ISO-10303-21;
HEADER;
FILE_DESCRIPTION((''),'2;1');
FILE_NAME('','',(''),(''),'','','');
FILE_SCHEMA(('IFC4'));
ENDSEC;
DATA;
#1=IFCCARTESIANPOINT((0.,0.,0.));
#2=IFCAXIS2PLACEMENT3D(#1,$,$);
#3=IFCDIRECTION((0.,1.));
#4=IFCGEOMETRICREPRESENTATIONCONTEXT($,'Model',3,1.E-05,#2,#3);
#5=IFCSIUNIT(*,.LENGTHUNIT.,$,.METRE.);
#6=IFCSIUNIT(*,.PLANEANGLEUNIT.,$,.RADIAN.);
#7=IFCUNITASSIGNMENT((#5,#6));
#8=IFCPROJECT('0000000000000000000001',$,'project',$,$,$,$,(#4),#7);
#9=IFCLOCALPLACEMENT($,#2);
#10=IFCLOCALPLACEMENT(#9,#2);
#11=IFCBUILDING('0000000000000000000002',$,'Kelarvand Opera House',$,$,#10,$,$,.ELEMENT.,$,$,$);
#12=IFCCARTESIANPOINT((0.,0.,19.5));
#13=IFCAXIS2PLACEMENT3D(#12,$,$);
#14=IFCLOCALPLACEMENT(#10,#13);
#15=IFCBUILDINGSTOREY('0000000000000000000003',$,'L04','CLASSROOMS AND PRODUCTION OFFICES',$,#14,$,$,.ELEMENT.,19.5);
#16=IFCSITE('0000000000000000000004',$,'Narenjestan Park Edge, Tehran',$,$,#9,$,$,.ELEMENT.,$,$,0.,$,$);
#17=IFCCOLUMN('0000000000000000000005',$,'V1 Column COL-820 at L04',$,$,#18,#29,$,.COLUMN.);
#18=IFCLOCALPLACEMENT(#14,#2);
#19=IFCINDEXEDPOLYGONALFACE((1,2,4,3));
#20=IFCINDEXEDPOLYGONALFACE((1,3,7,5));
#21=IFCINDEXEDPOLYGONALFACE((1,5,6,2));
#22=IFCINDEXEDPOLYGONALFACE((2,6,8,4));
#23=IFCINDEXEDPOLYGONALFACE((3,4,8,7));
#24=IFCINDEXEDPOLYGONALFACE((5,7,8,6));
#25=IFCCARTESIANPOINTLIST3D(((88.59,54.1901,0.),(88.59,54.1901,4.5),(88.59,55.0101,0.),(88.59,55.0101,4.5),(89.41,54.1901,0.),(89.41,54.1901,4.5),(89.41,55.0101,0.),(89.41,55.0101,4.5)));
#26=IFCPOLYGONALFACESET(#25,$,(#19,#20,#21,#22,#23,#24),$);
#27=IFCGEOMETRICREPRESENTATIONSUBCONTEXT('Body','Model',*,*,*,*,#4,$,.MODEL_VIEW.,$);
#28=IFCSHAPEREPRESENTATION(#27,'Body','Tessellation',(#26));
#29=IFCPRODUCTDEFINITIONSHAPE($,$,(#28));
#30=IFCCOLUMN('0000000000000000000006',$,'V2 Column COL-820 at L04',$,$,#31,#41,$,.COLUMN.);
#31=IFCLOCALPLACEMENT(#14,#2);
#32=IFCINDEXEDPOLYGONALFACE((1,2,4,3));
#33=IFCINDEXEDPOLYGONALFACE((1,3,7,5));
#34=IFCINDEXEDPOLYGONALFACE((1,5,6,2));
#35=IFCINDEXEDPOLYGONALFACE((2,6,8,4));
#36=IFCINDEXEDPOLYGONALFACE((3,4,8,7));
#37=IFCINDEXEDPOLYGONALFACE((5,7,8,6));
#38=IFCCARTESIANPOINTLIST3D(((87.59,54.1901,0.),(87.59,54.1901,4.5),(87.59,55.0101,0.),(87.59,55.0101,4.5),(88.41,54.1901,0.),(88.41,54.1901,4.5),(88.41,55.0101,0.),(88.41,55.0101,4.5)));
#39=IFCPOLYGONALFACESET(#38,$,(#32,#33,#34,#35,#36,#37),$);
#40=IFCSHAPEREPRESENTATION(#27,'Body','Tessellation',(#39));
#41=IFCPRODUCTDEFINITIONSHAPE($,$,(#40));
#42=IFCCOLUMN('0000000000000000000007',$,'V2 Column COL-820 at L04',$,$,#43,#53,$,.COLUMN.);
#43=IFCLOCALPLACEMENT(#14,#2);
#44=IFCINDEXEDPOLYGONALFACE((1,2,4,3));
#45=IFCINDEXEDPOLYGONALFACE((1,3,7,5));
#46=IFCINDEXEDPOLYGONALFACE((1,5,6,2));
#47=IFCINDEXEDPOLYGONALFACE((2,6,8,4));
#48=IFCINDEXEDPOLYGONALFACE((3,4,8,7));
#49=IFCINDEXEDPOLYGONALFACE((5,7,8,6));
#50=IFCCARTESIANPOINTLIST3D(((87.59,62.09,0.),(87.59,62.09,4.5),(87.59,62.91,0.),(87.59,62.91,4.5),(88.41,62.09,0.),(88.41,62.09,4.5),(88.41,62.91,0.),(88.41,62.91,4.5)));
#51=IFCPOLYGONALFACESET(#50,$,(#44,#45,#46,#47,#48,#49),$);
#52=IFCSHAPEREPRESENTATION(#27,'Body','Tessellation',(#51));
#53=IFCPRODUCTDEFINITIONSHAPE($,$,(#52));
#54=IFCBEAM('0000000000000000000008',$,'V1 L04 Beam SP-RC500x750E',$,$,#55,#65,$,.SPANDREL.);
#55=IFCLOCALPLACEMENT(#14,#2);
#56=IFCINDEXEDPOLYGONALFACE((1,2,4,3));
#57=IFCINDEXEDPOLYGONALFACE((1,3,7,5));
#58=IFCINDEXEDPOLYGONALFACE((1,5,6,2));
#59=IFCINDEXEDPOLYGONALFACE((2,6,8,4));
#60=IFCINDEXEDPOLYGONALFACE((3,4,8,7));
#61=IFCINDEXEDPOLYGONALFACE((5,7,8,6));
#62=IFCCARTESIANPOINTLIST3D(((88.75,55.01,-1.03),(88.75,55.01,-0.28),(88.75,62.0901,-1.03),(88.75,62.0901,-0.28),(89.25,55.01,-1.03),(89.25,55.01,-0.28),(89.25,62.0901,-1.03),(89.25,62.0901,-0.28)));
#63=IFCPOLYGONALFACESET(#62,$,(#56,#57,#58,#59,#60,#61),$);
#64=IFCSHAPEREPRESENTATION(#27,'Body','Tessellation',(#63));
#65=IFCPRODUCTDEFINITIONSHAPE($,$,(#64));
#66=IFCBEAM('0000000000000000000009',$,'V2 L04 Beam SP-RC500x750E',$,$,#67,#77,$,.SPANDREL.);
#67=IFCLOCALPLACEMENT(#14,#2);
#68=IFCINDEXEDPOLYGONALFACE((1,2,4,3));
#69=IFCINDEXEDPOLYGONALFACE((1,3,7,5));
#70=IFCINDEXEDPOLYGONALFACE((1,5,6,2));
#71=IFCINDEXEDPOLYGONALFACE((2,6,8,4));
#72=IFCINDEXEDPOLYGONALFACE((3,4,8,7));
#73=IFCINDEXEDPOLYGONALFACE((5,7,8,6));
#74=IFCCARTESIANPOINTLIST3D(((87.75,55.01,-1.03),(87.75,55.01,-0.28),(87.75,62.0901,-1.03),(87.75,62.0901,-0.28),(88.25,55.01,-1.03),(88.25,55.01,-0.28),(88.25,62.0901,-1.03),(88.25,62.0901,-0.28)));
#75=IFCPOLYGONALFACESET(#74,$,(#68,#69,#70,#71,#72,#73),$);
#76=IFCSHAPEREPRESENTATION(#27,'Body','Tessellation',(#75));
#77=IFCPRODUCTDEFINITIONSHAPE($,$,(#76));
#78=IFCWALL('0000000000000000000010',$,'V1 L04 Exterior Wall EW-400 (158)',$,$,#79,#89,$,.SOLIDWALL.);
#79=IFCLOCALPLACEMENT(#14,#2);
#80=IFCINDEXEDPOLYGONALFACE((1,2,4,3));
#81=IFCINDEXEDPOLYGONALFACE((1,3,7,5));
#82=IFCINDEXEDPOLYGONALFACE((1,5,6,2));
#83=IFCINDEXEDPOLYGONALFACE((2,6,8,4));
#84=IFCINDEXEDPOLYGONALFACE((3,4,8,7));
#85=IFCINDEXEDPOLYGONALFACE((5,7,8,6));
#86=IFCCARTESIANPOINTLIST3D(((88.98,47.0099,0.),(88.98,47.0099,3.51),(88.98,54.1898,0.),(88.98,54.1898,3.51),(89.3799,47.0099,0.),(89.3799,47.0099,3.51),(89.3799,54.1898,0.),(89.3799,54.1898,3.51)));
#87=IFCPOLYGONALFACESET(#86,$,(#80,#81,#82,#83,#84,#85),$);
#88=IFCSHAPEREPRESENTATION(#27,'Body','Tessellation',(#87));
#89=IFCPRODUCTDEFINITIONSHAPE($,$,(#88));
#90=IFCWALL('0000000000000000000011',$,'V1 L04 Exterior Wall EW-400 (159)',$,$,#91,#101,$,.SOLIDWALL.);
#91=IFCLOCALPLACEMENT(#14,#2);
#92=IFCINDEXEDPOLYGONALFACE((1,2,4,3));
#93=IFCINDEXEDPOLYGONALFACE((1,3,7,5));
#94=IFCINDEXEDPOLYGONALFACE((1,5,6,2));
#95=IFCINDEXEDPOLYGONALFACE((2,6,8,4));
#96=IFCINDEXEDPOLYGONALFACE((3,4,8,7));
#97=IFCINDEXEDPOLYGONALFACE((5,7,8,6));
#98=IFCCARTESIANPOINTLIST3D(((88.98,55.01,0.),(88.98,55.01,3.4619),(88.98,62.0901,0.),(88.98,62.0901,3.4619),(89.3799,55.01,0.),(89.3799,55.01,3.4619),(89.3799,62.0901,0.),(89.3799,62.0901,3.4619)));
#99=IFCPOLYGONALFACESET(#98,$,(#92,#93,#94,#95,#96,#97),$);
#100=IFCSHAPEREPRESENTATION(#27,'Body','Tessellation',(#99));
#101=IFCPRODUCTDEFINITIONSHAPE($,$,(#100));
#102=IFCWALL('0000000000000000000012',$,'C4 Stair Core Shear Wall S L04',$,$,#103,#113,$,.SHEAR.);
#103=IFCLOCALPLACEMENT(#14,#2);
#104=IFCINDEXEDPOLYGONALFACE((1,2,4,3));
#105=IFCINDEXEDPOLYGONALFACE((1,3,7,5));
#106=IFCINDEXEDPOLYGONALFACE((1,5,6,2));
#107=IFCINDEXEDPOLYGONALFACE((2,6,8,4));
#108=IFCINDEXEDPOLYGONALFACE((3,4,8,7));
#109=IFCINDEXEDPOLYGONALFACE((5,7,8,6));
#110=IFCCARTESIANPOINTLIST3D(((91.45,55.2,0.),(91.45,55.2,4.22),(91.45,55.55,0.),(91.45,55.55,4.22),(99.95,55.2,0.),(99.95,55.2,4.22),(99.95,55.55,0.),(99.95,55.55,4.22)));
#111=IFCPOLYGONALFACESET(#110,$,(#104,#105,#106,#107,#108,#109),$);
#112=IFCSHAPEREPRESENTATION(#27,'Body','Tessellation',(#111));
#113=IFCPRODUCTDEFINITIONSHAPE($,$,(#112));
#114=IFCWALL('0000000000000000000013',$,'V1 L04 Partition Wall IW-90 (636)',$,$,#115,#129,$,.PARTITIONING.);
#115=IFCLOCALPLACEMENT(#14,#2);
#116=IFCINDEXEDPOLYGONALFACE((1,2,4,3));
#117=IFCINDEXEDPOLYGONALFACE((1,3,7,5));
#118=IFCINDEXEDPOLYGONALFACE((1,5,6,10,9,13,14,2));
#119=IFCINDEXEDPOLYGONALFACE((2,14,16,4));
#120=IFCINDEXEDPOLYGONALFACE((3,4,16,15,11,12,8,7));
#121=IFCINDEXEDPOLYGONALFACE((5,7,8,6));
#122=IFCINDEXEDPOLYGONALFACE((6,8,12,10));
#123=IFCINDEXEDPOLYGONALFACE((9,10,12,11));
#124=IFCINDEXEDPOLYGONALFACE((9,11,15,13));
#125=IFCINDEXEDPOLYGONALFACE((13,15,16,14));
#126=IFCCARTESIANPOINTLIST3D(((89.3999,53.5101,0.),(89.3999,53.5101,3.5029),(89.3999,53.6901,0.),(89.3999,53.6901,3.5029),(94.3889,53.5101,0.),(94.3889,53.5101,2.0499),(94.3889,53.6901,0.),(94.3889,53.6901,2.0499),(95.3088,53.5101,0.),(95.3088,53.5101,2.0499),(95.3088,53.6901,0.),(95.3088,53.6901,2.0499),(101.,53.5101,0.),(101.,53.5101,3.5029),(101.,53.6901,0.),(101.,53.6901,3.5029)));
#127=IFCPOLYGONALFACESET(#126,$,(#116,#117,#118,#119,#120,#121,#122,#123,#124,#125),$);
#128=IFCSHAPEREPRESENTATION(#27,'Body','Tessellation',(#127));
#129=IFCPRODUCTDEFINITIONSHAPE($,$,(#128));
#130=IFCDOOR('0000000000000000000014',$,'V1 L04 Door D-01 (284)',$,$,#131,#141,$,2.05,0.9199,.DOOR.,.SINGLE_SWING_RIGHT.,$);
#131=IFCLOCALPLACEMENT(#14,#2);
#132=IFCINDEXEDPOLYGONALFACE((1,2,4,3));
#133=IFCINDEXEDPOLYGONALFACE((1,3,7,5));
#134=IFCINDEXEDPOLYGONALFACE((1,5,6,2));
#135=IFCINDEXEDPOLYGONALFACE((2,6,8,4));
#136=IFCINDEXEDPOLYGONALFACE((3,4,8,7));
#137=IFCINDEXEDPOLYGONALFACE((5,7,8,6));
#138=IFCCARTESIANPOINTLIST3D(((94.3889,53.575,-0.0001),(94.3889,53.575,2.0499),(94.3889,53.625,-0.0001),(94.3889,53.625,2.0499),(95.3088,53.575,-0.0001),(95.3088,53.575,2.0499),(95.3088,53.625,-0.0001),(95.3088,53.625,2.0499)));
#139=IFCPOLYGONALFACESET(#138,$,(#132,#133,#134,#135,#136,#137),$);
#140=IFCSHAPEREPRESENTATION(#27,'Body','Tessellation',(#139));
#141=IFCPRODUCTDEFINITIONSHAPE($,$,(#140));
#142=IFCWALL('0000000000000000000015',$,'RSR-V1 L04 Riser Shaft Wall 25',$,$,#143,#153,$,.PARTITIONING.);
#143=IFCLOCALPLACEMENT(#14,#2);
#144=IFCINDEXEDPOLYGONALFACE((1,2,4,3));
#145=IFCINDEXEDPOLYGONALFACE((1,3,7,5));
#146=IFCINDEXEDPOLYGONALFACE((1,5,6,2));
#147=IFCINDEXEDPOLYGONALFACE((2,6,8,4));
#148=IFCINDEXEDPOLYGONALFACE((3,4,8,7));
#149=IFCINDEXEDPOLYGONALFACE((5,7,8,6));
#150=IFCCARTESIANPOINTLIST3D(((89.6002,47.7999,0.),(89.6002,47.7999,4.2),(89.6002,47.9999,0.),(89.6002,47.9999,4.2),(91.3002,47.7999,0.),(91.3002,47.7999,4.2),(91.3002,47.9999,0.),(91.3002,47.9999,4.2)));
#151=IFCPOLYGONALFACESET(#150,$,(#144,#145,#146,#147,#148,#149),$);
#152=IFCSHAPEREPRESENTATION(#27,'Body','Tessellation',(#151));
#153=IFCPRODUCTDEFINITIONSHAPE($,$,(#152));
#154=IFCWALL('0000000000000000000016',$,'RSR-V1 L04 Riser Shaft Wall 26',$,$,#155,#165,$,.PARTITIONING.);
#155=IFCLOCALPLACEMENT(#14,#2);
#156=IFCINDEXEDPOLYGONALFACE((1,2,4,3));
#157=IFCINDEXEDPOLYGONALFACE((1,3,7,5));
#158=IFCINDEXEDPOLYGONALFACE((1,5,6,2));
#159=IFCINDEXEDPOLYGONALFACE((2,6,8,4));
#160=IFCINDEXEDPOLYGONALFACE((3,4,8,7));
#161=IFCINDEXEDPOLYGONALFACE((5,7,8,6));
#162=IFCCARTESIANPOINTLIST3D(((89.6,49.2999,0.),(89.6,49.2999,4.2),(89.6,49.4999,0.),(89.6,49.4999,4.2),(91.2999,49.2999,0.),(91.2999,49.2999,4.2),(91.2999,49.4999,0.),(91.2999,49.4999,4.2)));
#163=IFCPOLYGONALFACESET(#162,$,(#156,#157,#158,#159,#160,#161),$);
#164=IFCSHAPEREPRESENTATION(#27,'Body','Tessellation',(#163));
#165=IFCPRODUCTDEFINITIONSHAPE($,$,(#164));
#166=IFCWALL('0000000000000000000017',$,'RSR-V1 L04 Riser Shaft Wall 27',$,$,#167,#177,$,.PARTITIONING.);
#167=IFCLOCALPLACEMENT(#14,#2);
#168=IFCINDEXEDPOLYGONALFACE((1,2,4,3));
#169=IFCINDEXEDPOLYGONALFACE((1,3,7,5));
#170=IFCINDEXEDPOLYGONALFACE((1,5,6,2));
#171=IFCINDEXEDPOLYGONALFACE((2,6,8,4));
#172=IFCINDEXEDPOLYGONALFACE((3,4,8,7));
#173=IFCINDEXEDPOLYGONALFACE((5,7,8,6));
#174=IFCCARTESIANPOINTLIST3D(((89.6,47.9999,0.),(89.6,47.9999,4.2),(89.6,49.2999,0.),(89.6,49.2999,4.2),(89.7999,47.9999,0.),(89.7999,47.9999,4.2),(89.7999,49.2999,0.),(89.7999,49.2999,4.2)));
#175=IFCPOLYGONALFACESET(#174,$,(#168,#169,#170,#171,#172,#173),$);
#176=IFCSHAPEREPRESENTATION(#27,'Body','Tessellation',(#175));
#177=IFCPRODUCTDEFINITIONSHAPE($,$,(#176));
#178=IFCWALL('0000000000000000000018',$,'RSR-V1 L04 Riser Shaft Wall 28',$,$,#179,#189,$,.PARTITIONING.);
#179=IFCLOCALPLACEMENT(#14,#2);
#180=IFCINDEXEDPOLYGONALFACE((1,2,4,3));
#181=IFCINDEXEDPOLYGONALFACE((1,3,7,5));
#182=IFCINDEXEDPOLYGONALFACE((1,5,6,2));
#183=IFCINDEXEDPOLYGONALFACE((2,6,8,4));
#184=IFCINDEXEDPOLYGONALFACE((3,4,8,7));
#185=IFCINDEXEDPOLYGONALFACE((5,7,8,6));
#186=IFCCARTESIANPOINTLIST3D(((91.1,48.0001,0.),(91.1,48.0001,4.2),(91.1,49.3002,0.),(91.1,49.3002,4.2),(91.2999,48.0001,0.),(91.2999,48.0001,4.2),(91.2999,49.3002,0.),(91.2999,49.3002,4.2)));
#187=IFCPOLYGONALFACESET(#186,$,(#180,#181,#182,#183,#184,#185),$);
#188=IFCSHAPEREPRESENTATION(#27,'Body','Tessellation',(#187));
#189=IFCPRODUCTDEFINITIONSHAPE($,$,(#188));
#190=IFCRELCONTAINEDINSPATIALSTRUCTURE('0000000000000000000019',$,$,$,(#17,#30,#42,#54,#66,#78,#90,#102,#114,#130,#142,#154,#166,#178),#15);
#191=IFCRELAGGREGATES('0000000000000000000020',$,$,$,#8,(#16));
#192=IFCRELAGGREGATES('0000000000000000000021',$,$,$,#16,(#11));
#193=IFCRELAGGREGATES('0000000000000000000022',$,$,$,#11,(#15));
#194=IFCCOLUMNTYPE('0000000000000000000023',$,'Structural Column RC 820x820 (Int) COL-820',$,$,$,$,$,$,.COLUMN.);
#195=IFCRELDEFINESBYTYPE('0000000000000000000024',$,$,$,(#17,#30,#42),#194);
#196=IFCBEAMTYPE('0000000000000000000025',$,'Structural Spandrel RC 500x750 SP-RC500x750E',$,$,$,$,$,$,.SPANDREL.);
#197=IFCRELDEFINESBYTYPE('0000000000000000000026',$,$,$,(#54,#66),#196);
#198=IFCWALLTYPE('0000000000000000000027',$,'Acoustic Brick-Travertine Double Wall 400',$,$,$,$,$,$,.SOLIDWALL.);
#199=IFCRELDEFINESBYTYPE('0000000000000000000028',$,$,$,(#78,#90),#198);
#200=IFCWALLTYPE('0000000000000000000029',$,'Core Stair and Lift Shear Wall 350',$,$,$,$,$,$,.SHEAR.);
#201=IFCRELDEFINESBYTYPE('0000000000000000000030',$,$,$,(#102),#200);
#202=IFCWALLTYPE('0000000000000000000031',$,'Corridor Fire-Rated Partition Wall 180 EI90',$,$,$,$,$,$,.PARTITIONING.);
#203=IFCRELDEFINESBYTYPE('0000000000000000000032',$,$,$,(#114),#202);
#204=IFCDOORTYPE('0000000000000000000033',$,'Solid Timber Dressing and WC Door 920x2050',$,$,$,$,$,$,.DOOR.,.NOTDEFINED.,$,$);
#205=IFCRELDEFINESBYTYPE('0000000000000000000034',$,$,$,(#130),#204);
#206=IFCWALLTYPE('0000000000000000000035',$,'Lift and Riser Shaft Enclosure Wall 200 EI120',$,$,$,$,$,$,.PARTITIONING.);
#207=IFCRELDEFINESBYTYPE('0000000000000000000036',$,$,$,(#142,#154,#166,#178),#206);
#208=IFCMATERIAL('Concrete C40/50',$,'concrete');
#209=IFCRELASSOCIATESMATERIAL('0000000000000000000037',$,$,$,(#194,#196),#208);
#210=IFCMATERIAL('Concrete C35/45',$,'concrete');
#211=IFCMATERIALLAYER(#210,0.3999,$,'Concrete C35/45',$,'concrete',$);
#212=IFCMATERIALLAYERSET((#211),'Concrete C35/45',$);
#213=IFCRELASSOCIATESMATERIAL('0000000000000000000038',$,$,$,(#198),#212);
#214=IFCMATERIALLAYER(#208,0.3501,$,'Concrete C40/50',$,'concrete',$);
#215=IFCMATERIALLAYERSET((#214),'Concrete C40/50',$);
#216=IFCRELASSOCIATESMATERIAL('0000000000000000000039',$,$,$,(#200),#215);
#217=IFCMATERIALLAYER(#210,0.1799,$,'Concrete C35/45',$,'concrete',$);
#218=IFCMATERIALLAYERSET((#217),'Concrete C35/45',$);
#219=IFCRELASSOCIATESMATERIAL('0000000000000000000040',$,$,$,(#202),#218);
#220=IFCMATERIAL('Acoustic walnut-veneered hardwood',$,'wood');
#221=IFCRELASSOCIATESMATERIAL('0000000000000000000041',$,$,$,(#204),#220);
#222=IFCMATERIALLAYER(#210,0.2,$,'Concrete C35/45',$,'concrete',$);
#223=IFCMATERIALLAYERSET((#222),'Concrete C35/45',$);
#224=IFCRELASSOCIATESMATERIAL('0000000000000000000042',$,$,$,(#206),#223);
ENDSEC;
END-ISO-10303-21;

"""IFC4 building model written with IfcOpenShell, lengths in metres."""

from ifc_helpers import new_model, si_unit, direction, frame, frame_2d, origin, origin_2d, place, context, subcontext, project, spatial, rectangle, extrude, material, layer, layer_set, material_profile, profile_set, type_object, element, fill, save


model = new_model("IFC4")

# Units and contexts
model_context = context("Model", 3, precision=1e-05, world=origin(), true_north=direction((0.0, 1.0)))
body_context = subcontext(model_context, "Body", "Model", "MODEL_VIEW")
ifc_project = project(units=[si_unit("LENGTHUNIT", "METRE"), si_unit("PLANEANGLEUNIT", "RADIAN")], contexts=[model_context])

# Site, building, storey
site_placement = place(None, origin())
site = spatial("IfcSite", under=ifc_project, at=site_placement, Name="Narenjestan Park Edge, Tehran", CompositionType="ELEMENT", RefElevation=0.0)
building_placement = place(site_placement, origin())
building = spatial("IfcBuilding", under=site, at=building_placement, Name="Kelarvand Opera House", CompositionType="ELEMENT")
storey_placement = place(building_placement, frame((0.0, 0.0, 19.5)))
storey = spatial("IfcBuildingStorey", under=building, at=storey_placement, Name="L04", Description="CLASSROOMS AND PRODUCTION OFFICES", CompositionType="ELEMENT", Elevation=19.5)

# Columns
ifc_material_1 = material(Name="Concrete C40/50", Category="concrete")
ifc_material_profile_1 = material_profile(ifc_material_1, rectangle(XDim=0.8201, YDim=0.8201, at=origin_2d()), Name="RC 820x820", Category="concrete")
ifc_profile_set_1 = profile_set([ifc_material_profile_1], Name="Concrete C40/50")
column_type = type_object("IfcColumnType", Name="Structural Column RC 820x820 (Int) COL-820", PredefinedType="COLUMN", material=ifc_profile_set_1)
for number, where, z_axis, x_axis, name in (
    (1, (89.0, 54.6001, 0.0), (0.0, 0.0, 1.0), (1.0, 0.0, 0.0), "V1 Column COL-820 at L04"),
    (2, (88.0, 54.6001, 0.0), (0.0, 0.0, 1.0), (1.0, 0.0, 0.0), "V2 Column COL-820 at L04"),
    (3, (88.0, 62.5, 0.0), (0.0, 0.0, 1.0), (1.0, 0.0, 0.0), "V2 Column COL-820 at L04"),
):
    element("IfcColumn", number, at=place(storey_placement, frame(where, z_axis=z_axis, x_axis=x_axis)), inside=storey, type_object=column_type, Name=name, PredefinedType="COLUMN", context=body_context, shape_type="SweptSolid", body=[
        extrude(rectangle(XDim=0.8201, YDim=0.8201, at=origin_2d()), origin(), (0.0, 0.0, 1.0), 4.5),
    ])

# Beams
ifc_material_profile_2 = material_profile(ifc_material_1, rectangle(XDim=0.5, YDim=0.75, at=origin_2d()), Name="RC 500x750", Category="concrete")
ifc_profile_set_2 = profile_set([ifc_material_profile_2], Name="Concrete C40/50")
beam_type = type_object("IfcBeamType", Name="Structural Spandrel RC 500x750 SP-RC500x750E", PredefinedType="SPANDREL", material=ifc_profile_set_2)
for number, where, z_axis, x_axis, name in (
    (4, (89.0, 55.01, -0.655), (0.0, 1.0, 0.0), (-1.0, 0.0, 0.0), "V1 L04 Beam SP-RC500x750E"),
    (5, (88.0, 55.01, -0.655), (0.0, 1.0, 0.0), (-1.0, 0.0, 0.0), "V2 L04 Beam SP-RC500x750E"),
):
    element("IfcBeam", number, at=place(storey_placement, frame(where, z_axis=z_axis, x_axis=x_axis)), inside=storey, type_object=beam_type, Name=name, PredefinedType="SPANDREL", context=body_context, shape_type="SweptSolid", body=[
        extrude(rectangle(XDim=0.5, YDim=0.75, at=origin_2d()), origin(), (0.0, 0.0, 1.0), 7.0801),
    ])

# Walls
ifc_material_2 = material(Name="Concrete C35/45", Category="concrete")
ifc_layer_1 = layer(ifc_material_2, 0.3999, Name="Concrete C35/45", Category="concrete")
ifc_layer_set_1 = layer_set([ifc_layer_1], Name="Concrete C35/45")
wall_type_1 = type_object("IfcWallType", Name="Acoustic Brick-Travertine Double Wall 400", PredefinedType="SOLIDWALL", material=ifc_layer_set_1)
wall_1_placement = place(storey_placement, frame((89.1799, 47.01, 0.0), z_axis=(0.0, 0.0, 1.0), x_axis=(0.0, 1.0, 0.0)))
element("IfcWall", 6, at=wall_1_placement, inside=storey, type_object=wall_type_1, Name="V1 L04 Exterior Wall EW-400 (158)", PredefinedType="SOLIDWALL", context=body_context, shape_type="SweptSolid", body=[
    extrude(rectangle(XDim=7.1799, YDim=0.3999, at=frame_2d((3.5898, 0.0))), origin(), (0.0, 0.0, 1.0), 3.51),
])
wall_2_placement = place(storey_placement, frame((89.1799, 55.01, 0.0), z_axis=(0.0, 0.0, 1.0), x_axis=(0.0, 1.0, 0.0)))
element("IfcWall", 7, at=wall_2_placement, inside=storey, type_object=wall_type_1, Name="V1 L04 Exterior Wall EW-400 (159)", PredefinedType="SOLIDWALL", context=body_context, shape_type="SweptSolid", body=[
    extrude(rectangle(XDim=7.0801, YDim=0.3999, at=frame_2d((3.54, 0.0))), origin(), (0.0, 0.0, 1.0), 3.4619),
])
ifc_layer_2 = layer(ifc_material_1, 0.3501, Name="Concrete C40/50", Category="concrete")
ifc_layer_set_2 = layer_set([ifc_layer_2], Name="Concrete C40/50")
wall_type_2 = type_object("IfcWallType", Name="Core Stair and Lift Shear Wall 350", PredefinedType="SHEAR", material=ifc_layer_set_2)
wall_3_placement = place(storey_placement, frame((91.45, 55.375, 0.0), z_axis=(0.0, 0.0, 1.0), x_axis=(1.0, 0.0, 0.0)))
element("IfcWall", 8, at=wall_3_placement, inside=storey, type_object=wall_type_2, Name="C4 Stair Core Shear Wall S L04", PredefinedType="SHEAR", context=body_context, shape_type="SweptSolid", body=[
    extrude(rectangle(XDim=8.5, YDim=0.3501, at=frame_2d((4.25, 0.0))), origin(), (0.0, 0.0, 1.0), 4.22),
])

# Wall, opening, door
ifc_layer_3 = layer(ifc_material_2, 0.1799, Name="Concrete C35/45", Category="concrete")
ifc_layer_set_3 = layer_set([ifc_layer_3], Name="Concrete C35/45")
wall_type_3 = type_object("IfcWallType", Name="Corridor Fire-Rated Partition Wall 180 EI90", PredefinedType="PARTITIONING", material=ifc_layer_set_3)
wall_4_placement = place(storey_placement, frame((89.3999, 53.6001, 0.0), z_axis=(0.0, 0.0, 1.0), x_axis=(1.0, 0.0, 0.0)))
wall_4 = element("IfcWall", 9, at=wall_4_placement, inside=storey, type_object=wall_type_3, Name="V1 L04 Partition Wall IW-90 (636)", PredefinedType="PARTITIONING", context=body_context, shape_type="SweptSolid", body=[
    extrude(rectangle(XDim=11.6001, YDim=0.1799, at=frame_2d((5.8, 0.0))), origin(), (0.0, 0.0, 1.0), 3.5029),
])
opening_placement = place(wall_4_placement, frame((4.989, 0.0, 0.0)))
opening = element("IfcOpeningElement", 10, at=opening_placement, cuts=wall_4, PredefinedType="OPENING", context=body_context, shape_type="SweptSolid", body=[
    extrude(rectangle(XDim=0.9199, YDim=2.05, at=frame_2d((0.46, 1.0249))), frame((0.0, 0.1001, 0.0), z_axis=(0.0, -1.0, 0.0), x_axis=(1.0, 0.0, 0.0)), (0.0, 0.0, 1.0), 0.2),
])
ifc_material_3 = material(Name="Acoustic walnut-veneered hardwood", Category="wood")
door_type = type_object("IfcDoorType", Name="Solid Timber Dressing and WC Door 920x2050", OperationType="NOTDEFINED", PredefinedType="DOOR", material=ifc_material_3)
door_placement = place(opening_placement, origin())
door = element("IfcDoor", 11, at=door_placement, inside=storey, type_object=door_type, Name="V1 L04 Door D-01 (284)", OperationType="SINGLE_SWING_RIGHT", OverallHeight=2.05, OverallWidth=0.9199, PredefinedType="DOOR", context=body_context, shape_type="SweptSolid", body=[
    extrude(rectangle(XDim=0.9199, YDim=2.05, at=frame_2d((0.46, 1.0249))), frame((0.0, 0.0249, 0.0), z_axis=(0.0, -1.0, 0.0), x_axis=(1.0, 0.0, 0.0)), (0.0, 0.0, 1.0), 0.05),
])
fill(opening, door)

# Walls
ifc_layer_4 = layer(ifc_material_2, 0.2, Name="Concrete C35/45", Category="concrete")
ifc_layer_set_4 = layer_set([ifc_layer_4], Name="Concrete C35/45")
wall_type_4 = type_object("IfcWallType", Name="Lift and Riser Shaft Enclosure Wall 200 EI120", PredefinedType="PARTITIONING", material=ifc_layer_set_4)
for number, where, z_axis, x_axis, name in (
    (12, (89.6001, 47.8999, 0.0), (0.0, 0.0, 1.0), (1.0, 0.0, 0.0), "RSR-V1 L04 Riser Shaft Wall 25"),
    (13, (91.3, 49.3999, 0.0), (0.0, 0.0, 1.0), (-1.0, 0.0, 0.0), "RSR-V1 L04 Riser Shaft Wall 26"),
):
    element("IfcWall", number, at=place(storey_placement, frame(where, z_axis=z_axis, x_axis=x_axis)), inside=storey, type_object=wall_type_4, Name=name, PredefinedType="PARTITIONING", context=body_context, shape_type="SweptSolid", body=[
        extrude(rectangle(XDim=1.7, YDim=0.2, at=frame_2d((0.8501, 0.0))), origin(), (0.0, 0.0, 1.0), 4.2),
    ])
for number, where, z_axis, x_axis, name in (
    (14, (89.7, 48.0, 0.0), (0.0, 0.0, 1.0), (0.0, 1.0, 0.0), "RSR-V1 L04 Riser Shaft Wall 27"),
    (15, (91.2, 49.3, 0.0), (0.0, 0.0, 1.0), (0.0, -1.0, 0.0), "RSR-V1 L04 Riser Shaft Wall 28"),
):
    element("IfcWall", number, at=place(storey_placement, frame(where, z_axis=z_axis, x_axis=x_axis)), inside=storey, type_object=wall_type_4, Name=name, PredefinedType="PARTITIONING", context=body_context, shape_type="SweptSolid", body=[
        extrude(rectangle(XDim=1.3, YDim=0.2, at=frame_2d((0.6499, 0.0))), origin(), (0.0, 0.0, 1.0), 4.2),
    ])

save(model, "model.ifc")
